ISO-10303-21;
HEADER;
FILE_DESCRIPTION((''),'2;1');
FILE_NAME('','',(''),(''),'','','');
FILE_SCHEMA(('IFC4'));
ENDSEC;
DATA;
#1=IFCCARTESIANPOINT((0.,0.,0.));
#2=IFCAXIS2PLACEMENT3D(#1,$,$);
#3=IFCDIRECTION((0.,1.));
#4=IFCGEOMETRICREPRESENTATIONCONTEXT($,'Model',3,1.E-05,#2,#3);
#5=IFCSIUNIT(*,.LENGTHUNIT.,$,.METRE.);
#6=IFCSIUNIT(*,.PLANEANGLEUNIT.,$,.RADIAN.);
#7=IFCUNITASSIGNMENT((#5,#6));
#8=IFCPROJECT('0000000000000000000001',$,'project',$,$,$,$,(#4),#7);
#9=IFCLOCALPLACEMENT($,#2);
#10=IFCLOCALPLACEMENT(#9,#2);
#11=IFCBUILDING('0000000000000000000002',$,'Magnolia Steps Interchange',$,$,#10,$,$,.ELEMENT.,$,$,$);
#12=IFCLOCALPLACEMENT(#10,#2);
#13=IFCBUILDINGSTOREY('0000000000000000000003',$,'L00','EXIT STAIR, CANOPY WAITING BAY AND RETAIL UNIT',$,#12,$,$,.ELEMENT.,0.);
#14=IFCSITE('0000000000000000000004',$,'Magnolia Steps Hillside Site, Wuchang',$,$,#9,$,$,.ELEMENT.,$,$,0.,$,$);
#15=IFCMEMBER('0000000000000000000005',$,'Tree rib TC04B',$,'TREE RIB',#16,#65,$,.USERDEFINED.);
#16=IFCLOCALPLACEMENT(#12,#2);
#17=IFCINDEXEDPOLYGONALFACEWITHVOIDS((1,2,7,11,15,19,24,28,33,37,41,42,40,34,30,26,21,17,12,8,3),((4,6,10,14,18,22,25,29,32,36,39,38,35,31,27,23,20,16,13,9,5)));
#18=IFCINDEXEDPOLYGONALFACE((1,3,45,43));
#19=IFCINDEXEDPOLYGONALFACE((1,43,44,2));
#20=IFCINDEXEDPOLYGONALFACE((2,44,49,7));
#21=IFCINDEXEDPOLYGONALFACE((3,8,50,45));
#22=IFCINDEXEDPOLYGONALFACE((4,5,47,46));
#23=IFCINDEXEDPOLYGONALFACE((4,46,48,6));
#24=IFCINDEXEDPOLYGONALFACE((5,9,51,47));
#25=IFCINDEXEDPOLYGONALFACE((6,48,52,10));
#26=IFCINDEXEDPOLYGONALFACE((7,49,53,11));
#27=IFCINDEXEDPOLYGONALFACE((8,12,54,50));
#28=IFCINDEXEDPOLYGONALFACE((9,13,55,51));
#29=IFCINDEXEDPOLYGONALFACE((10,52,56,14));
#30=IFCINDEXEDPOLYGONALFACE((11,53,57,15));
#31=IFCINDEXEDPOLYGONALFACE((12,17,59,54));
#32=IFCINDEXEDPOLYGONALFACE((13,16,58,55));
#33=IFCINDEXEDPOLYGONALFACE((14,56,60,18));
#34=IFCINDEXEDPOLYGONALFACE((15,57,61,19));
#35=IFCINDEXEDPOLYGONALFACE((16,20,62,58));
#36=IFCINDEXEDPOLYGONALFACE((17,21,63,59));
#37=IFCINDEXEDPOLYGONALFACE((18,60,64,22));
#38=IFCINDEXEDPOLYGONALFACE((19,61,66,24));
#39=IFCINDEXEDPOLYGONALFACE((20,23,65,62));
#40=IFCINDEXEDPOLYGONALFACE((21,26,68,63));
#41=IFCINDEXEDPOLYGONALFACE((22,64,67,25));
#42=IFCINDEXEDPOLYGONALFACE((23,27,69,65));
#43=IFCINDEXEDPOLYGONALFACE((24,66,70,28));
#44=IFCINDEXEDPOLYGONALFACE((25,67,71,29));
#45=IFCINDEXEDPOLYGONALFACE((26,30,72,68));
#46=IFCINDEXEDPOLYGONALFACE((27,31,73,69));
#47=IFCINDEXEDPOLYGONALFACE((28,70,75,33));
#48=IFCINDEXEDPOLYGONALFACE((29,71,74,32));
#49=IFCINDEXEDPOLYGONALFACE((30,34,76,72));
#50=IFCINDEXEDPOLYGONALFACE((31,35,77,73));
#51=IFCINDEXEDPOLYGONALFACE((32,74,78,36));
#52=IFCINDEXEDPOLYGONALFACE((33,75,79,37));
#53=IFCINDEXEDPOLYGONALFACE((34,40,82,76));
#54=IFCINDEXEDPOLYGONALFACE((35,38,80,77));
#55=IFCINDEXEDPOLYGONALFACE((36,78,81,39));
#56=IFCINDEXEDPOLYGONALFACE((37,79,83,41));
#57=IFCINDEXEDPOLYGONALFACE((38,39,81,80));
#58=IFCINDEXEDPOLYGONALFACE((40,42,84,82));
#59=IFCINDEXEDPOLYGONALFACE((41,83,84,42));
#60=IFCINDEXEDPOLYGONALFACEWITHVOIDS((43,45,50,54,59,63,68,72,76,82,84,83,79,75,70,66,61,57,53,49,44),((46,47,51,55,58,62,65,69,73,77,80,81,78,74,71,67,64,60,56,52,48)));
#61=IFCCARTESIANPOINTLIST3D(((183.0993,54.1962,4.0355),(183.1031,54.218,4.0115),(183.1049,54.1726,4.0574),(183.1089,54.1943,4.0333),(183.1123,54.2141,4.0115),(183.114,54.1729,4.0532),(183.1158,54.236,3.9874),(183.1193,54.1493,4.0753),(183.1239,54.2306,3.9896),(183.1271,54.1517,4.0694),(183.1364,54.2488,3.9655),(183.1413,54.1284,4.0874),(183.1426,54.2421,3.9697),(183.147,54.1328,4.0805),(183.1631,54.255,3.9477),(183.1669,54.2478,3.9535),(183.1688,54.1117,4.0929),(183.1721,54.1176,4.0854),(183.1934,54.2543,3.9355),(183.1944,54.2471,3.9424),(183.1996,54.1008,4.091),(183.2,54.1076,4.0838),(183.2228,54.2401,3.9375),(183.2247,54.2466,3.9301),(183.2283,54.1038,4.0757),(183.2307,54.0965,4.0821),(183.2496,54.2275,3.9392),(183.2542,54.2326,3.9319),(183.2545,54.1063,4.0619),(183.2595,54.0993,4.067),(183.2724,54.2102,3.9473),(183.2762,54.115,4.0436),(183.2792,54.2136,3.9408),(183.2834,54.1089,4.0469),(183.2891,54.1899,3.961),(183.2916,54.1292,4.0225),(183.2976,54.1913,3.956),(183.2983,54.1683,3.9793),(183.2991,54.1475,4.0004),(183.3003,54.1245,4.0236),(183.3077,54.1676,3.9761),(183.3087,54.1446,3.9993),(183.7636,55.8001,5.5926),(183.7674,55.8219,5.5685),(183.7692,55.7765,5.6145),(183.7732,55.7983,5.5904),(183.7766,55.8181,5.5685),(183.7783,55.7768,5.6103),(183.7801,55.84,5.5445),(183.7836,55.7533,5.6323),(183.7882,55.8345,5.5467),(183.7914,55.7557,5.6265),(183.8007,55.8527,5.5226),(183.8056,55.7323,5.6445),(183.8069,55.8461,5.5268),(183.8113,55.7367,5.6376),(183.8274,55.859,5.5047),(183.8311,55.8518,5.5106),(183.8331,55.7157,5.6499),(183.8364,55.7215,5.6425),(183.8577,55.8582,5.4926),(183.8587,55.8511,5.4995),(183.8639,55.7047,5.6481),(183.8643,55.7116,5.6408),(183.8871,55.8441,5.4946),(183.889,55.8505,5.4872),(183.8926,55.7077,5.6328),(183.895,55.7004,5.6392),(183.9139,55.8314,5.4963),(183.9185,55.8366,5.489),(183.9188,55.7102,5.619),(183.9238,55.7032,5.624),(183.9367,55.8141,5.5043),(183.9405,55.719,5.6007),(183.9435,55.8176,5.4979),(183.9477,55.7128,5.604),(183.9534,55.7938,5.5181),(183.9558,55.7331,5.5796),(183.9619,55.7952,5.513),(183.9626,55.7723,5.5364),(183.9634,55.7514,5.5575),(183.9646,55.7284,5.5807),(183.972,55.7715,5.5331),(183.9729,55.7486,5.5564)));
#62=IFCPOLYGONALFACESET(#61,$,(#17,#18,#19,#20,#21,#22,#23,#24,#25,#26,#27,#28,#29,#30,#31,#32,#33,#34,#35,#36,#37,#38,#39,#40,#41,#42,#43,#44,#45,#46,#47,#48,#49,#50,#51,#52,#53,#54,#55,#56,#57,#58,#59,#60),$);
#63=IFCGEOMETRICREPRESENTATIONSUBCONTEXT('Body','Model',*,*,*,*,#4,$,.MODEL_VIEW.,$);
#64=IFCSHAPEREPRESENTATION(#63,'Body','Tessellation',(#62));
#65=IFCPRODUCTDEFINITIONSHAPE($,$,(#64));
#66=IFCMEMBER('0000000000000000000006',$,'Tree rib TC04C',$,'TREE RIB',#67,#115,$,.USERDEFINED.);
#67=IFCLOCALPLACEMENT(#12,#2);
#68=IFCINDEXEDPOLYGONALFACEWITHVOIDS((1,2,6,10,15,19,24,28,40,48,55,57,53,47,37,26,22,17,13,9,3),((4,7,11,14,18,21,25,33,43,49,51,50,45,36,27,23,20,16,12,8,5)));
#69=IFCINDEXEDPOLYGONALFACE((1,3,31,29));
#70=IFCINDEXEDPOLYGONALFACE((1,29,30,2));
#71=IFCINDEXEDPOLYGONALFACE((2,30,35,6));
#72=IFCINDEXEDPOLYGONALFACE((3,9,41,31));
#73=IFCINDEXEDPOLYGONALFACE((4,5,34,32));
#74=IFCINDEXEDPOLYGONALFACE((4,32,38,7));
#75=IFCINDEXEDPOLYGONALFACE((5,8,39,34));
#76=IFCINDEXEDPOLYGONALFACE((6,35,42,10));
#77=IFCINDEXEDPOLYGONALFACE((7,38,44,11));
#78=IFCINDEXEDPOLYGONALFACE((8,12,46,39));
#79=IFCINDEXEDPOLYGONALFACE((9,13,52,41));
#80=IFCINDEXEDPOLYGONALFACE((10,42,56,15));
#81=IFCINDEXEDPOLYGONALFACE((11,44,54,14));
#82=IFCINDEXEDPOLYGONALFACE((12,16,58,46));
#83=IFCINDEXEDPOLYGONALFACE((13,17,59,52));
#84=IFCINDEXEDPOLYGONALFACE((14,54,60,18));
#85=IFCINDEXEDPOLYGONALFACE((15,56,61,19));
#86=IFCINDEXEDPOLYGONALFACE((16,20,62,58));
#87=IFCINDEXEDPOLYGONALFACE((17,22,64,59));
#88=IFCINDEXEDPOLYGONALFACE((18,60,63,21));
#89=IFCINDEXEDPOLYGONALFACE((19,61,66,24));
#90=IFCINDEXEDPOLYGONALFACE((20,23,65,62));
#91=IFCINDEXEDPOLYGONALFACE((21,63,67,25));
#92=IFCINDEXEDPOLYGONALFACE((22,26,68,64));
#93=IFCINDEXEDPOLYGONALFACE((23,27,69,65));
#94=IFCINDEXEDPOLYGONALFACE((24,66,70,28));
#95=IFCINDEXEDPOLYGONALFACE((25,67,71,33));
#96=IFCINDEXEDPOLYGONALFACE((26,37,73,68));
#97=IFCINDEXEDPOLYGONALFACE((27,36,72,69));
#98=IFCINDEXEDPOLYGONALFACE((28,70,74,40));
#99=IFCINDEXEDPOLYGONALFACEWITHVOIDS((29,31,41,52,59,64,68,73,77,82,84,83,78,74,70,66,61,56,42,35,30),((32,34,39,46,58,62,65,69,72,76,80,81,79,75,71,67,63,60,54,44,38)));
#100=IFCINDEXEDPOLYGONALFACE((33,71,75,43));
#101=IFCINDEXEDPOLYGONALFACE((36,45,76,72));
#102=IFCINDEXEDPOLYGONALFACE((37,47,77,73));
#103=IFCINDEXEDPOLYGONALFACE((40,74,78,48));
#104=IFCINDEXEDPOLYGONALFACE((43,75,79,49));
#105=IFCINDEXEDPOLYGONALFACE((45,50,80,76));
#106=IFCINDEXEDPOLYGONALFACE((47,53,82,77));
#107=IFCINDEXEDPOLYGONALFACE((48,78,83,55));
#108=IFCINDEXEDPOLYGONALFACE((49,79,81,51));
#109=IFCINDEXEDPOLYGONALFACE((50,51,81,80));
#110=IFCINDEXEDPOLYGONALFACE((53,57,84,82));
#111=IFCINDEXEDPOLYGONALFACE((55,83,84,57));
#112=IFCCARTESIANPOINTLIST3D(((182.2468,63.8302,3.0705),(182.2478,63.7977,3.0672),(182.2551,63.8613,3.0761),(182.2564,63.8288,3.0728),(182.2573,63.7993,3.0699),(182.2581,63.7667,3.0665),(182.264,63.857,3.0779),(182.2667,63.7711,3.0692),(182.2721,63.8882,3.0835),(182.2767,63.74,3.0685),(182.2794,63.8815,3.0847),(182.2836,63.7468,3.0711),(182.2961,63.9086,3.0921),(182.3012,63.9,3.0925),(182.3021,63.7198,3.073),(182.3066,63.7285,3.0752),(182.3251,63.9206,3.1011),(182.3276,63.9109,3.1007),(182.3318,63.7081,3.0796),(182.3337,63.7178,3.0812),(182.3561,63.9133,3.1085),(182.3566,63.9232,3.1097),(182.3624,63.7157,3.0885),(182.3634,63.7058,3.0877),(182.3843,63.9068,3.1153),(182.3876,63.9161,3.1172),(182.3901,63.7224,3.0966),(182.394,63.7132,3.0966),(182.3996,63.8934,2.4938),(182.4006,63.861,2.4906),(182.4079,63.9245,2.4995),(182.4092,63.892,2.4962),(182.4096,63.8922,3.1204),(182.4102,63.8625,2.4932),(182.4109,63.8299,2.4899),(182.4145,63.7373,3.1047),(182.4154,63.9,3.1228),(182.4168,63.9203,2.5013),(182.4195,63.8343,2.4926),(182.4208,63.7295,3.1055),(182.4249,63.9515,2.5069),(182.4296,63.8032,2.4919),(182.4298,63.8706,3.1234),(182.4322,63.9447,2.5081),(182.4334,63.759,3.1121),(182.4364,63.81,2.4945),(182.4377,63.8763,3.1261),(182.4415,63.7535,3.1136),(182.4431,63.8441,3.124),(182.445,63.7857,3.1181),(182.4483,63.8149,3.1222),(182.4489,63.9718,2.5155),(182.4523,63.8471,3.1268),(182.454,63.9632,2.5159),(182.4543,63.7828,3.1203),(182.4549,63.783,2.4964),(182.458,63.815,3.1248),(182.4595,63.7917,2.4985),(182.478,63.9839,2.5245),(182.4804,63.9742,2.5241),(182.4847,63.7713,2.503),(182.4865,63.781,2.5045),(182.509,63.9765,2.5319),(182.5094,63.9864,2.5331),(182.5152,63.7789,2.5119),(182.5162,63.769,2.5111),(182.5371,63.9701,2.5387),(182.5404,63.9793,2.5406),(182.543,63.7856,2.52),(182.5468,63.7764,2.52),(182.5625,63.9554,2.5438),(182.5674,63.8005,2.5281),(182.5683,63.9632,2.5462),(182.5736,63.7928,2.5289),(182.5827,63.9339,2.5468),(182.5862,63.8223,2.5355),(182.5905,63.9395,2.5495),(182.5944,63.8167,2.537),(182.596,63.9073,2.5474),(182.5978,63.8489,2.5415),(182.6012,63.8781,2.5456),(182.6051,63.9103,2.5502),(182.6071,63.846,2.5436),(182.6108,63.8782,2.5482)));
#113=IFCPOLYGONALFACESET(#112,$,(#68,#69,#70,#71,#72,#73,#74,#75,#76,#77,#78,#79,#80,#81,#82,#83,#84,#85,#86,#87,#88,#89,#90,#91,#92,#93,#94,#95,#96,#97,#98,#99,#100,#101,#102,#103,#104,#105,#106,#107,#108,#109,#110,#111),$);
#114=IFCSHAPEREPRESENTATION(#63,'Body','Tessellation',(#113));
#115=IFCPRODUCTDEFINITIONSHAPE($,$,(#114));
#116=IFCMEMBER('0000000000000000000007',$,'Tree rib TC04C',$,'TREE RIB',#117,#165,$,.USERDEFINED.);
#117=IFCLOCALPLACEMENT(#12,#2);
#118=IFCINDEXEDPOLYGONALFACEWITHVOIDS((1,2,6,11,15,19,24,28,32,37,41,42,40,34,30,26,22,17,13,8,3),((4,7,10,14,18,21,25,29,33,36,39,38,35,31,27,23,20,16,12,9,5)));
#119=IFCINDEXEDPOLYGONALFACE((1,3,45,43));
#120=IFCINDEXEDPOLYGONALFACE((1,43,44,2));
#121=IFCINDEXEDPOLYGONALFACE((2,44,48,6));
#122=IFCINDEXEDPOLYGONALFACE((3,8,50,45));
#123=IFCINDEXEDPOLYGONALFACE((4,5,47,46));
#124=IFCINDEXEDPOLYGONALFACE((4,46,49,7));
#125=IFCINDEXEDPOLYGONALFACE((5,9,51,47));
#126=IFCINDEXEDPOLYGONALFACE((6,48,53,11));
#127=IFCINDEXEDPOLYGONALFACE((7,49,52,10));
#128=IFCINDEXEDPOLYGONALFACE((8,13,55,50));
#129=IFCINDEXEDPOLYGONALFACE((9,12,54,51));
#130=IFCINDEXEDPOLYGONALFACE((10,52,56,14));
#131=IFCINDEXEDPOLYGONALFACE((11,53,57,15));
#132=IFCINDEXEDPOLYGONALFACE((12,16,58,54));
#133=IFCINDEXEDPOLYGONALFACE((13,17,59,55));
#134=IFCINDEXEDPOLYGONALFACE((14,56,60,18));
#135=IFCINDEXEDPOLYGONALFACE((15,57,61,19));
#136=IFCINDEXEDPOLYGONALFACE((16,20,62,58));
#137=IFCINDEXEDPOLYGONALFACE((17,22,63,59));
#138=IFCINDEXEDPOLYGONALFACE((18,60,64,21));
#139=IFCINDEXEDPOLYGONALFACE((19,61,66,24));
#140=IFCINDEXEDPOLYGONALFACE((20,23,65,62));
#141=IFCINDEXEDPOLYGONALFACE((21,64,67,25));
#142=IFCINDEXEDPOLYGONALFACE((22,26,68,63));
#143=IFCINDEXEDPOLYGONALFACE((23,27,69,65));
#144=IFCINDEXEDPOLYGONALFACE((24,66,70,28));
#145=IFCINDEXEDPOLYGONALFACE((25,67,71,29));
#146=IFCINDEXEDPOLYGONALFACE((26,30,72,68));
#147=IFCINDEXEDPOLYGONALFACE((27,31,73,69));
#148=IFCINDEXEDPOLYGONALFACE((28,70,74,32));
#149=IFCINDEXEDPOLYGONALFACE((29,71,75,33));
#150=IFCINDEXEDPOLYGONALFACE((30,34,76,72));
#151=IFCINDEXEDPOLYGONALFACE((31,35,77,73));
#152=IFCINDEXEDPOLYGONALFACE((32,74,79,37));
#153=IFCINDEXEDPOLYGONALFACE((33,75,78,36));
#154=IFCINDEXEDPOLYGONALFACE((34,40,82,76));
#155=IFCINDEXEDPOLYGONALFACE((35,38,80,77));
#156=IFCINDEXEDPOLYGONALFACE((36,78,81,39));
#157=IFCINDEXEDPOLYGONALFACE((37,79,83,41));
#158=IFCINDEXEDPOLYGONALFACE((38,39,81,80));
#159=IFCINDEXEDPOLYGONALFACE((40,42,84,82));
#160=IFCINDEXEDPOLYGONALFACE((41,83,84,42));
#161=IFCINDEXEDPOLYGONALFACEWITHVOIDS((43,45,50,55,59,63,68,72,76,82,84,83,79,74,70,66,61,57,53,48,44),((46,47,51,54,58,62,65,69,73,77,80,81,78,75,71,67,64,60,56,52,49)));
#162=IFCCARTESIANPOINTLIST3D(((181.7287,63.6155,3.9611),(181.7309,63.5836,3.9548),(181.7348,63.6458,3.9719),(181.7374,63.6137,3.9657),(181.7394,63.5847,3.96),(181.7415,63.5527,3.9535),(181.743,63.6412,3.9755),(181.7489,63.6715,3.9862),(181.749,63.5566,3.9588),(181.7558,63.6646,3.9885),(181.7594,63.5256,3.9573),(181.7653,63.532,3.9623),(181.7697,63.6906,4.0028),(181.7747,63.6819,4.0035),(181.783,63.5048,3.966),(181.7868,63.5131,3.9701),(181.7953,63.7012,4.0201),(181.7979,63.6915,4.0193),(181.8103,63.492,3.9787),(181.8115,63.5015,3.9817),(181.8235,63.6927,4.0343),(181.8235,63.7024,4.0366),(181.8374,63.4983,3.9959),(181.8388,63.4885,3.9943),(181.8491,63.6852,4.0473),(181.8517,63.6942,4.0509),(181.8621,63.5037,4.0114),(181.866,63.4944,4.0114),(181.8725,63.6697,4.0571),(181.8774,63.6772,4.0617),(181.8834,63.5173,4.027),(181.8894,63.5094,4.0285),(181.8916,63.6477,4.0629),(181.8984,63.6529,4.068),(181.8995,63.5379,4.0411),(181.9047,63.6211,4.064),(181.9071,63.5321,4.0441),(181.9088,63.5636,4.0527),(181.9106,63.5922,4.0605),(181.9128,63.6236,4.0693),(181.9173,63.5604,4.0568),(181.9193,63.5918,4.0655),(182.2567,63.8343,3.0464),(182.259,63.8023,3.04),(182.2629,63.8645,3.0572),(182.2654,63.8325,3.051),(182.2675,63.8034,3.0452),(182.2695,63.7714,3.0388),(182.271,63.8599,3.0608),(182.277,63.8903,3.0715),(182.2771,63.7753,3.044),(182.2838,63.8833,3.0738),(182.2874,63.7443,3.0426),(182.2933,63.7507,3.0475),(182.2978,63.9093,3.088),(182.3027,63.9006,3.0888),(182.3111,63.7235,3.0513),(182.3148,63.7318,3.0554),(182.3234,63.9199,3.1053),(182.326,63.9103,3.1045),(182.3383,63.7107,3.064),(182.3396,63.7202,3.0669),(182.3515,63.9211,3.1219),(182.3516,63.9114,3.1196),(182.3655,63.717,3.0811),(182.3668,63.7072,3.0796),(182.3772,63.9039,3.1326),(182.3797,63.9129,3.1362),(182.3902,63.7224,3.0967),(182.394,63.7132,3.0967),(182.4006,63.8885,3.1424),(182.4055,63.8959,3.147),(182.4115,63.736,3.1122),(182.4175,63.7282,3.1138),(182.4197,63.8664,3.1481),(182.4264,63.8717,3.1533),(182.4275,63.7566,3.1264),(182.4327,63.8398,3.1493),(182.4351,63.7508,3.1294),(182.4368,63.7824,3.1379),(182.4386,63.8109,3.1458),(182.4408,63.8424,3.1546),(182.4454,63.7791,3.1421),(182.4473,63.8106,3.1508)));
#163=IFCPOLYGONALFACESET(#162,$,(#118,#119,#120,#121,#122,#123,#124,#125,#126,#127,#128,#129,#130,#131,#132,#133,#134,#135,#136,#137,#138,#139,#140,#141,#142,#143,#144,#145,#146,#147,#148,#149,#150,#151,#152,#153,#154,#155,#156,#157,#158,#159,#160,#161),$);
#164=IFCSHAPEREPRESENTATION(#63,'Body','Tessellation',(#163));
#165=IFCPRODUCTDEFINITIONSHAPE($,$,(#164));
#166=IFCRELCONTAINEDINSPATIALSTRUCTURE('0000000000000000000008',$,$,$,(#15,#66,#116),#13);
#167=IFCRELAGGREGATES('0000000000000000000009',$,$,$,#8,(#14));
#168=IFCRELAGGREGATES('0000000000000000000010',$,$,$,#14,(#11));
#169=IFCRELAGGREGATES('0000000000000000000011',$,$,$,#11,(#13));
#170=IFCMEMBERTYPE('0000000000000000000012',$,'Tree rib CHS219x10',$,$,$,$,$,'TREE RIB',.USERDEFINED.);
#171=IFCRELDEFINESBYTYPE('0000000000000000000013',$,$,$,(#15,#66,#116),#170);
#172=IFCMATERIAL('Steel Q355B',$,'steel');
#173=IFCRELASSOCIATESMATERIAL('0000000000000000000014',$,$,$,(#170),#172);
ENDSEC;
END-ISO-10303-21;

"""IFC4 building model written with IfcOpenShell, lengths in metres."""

from ifc_helpers import new_model, si_unit, direction, frame, origin, origin_2d, place, context, subcontext, project, spatial, hollow_circle, extrude, material, material_profile, profile_set, type_object, element, save


model = new_model("IFC4")

# Units and contexts
model_context = context("Model", 3, precision=1e-05, world=origin(), true_north=direction((0.0, 1.0)))
body_context = subcontext(model_context, "Body", "Model", "MODEL_VIEW")
ifc_project = project(units=[si_unit("LENGTHUNIT", "METRE"), si_unit("PLANEANGLEUNIT", "RADIAN")], contexts=[model_context])

# Site, building, storey
site_placement = place(None, origin())
site = spatial("IfcSite", under=ifc_project, at=site_placement, Name="Magnolia Steps Hillside Site, Wuchang", CompositionType="ELEMENT", RefElevation=0.0)
building_placement = place(site_placement, origin())
building = spatial("IfcBuilding", under=site, at=building_placement, Name="Magnolia Steps Interchange", CompositionType="ELEMENT")
storey_placement = place(building_placement, origin())
storey = spatial("IfcBuildingStorey", under=building, at=storey_placement, Name="L00", Description="EXIT STAIR, CANOPY WAITING BAY AND RETAIL UNIT", CompositionType="ELEMENT", Elevation=0.0)

# Members
ifc_material_1 = material(Name="Steel Q355B", Category="steel")
ifc_material_profile_1 = material_profile(ifc_material_1, hollow_circle(Radius=0.1096, WallThickness=0.01, at=origin_2d()), Name="CHS219x10")
ifc_profile_set_1 = profile_set([ifc_material_profile_1], Name="Steel Q355B")
member_type = type_object("IfcMemberType", Name="Tree rib CHS219x10", ElementType="TREE RIB", PredefinedType="USERDEFINED", material=ifc_profile_set_1)
member_1_placement = place(storey_placement, frame((183.2043, 54.176, 4.0115), z_axis=(0.284851, 0.687788, 0.667688), x_axis=(-0.923899, 0.382637, 0.0)))
element("IfcMember", 1, at=member_1_placement, inside=storey, type_object=member_type, Name="Tree rib TC04B", ObjectType="TREE RIB", PredefinedType="USERDEFINED", context=body_context, shape_type="SweptSolid", body=[
    extrude(hollow_circle(Radius=0.1096, WallThickness=0.01, at=origin_2d()), origin(), (0.0, 0.0, 1.0), 2.332),
])
member_2_placement = place(storey_placement, frame((182.5049, 63.8777, 2.52), z_axis=(-0.254758, -0.105403, 0.961243), x_axis=(0.382308, -0.924035, 0.0)))
element("IfcMember", 2, at=member_2_placement, inside=storey, type_object=member_type, Name="Tree rib TC04C", ObjectType="TREE RIB", PredefinedType="USERDEFINED", context=body_context, shape_type="SweptSolid", body=[
    extrude(hollow_circle(Radius=0.1096, WallThickness=0.01, at=origin_2d()), origin(), (0.0, 0.0, 1.0), 0.5999),
])
member_3_placement = place(storey_placement, frame((182.3521, 63.8145, 3.0967), z_axis=(-0.489555, -0.202793, 0.848063), x_axis=(0.382704, -0.923871, 0.0)))
element("IfcMember", 3, at=member_3_placement, inside=storey, type_object=member_type, Name="Tree rib TC04C", ObjectType="TREE RIB", PredefinedType="USERDEFINED", context=body_context, shape_type="SweptSolid", body=[
    extrude(hollow_circle(Radius=0.1096, WallThickness=0.01, at=origin_2d()), origin(), (0.0, 0.0, 1.0), 1.0786),
])

save(model, "model.ifc")
